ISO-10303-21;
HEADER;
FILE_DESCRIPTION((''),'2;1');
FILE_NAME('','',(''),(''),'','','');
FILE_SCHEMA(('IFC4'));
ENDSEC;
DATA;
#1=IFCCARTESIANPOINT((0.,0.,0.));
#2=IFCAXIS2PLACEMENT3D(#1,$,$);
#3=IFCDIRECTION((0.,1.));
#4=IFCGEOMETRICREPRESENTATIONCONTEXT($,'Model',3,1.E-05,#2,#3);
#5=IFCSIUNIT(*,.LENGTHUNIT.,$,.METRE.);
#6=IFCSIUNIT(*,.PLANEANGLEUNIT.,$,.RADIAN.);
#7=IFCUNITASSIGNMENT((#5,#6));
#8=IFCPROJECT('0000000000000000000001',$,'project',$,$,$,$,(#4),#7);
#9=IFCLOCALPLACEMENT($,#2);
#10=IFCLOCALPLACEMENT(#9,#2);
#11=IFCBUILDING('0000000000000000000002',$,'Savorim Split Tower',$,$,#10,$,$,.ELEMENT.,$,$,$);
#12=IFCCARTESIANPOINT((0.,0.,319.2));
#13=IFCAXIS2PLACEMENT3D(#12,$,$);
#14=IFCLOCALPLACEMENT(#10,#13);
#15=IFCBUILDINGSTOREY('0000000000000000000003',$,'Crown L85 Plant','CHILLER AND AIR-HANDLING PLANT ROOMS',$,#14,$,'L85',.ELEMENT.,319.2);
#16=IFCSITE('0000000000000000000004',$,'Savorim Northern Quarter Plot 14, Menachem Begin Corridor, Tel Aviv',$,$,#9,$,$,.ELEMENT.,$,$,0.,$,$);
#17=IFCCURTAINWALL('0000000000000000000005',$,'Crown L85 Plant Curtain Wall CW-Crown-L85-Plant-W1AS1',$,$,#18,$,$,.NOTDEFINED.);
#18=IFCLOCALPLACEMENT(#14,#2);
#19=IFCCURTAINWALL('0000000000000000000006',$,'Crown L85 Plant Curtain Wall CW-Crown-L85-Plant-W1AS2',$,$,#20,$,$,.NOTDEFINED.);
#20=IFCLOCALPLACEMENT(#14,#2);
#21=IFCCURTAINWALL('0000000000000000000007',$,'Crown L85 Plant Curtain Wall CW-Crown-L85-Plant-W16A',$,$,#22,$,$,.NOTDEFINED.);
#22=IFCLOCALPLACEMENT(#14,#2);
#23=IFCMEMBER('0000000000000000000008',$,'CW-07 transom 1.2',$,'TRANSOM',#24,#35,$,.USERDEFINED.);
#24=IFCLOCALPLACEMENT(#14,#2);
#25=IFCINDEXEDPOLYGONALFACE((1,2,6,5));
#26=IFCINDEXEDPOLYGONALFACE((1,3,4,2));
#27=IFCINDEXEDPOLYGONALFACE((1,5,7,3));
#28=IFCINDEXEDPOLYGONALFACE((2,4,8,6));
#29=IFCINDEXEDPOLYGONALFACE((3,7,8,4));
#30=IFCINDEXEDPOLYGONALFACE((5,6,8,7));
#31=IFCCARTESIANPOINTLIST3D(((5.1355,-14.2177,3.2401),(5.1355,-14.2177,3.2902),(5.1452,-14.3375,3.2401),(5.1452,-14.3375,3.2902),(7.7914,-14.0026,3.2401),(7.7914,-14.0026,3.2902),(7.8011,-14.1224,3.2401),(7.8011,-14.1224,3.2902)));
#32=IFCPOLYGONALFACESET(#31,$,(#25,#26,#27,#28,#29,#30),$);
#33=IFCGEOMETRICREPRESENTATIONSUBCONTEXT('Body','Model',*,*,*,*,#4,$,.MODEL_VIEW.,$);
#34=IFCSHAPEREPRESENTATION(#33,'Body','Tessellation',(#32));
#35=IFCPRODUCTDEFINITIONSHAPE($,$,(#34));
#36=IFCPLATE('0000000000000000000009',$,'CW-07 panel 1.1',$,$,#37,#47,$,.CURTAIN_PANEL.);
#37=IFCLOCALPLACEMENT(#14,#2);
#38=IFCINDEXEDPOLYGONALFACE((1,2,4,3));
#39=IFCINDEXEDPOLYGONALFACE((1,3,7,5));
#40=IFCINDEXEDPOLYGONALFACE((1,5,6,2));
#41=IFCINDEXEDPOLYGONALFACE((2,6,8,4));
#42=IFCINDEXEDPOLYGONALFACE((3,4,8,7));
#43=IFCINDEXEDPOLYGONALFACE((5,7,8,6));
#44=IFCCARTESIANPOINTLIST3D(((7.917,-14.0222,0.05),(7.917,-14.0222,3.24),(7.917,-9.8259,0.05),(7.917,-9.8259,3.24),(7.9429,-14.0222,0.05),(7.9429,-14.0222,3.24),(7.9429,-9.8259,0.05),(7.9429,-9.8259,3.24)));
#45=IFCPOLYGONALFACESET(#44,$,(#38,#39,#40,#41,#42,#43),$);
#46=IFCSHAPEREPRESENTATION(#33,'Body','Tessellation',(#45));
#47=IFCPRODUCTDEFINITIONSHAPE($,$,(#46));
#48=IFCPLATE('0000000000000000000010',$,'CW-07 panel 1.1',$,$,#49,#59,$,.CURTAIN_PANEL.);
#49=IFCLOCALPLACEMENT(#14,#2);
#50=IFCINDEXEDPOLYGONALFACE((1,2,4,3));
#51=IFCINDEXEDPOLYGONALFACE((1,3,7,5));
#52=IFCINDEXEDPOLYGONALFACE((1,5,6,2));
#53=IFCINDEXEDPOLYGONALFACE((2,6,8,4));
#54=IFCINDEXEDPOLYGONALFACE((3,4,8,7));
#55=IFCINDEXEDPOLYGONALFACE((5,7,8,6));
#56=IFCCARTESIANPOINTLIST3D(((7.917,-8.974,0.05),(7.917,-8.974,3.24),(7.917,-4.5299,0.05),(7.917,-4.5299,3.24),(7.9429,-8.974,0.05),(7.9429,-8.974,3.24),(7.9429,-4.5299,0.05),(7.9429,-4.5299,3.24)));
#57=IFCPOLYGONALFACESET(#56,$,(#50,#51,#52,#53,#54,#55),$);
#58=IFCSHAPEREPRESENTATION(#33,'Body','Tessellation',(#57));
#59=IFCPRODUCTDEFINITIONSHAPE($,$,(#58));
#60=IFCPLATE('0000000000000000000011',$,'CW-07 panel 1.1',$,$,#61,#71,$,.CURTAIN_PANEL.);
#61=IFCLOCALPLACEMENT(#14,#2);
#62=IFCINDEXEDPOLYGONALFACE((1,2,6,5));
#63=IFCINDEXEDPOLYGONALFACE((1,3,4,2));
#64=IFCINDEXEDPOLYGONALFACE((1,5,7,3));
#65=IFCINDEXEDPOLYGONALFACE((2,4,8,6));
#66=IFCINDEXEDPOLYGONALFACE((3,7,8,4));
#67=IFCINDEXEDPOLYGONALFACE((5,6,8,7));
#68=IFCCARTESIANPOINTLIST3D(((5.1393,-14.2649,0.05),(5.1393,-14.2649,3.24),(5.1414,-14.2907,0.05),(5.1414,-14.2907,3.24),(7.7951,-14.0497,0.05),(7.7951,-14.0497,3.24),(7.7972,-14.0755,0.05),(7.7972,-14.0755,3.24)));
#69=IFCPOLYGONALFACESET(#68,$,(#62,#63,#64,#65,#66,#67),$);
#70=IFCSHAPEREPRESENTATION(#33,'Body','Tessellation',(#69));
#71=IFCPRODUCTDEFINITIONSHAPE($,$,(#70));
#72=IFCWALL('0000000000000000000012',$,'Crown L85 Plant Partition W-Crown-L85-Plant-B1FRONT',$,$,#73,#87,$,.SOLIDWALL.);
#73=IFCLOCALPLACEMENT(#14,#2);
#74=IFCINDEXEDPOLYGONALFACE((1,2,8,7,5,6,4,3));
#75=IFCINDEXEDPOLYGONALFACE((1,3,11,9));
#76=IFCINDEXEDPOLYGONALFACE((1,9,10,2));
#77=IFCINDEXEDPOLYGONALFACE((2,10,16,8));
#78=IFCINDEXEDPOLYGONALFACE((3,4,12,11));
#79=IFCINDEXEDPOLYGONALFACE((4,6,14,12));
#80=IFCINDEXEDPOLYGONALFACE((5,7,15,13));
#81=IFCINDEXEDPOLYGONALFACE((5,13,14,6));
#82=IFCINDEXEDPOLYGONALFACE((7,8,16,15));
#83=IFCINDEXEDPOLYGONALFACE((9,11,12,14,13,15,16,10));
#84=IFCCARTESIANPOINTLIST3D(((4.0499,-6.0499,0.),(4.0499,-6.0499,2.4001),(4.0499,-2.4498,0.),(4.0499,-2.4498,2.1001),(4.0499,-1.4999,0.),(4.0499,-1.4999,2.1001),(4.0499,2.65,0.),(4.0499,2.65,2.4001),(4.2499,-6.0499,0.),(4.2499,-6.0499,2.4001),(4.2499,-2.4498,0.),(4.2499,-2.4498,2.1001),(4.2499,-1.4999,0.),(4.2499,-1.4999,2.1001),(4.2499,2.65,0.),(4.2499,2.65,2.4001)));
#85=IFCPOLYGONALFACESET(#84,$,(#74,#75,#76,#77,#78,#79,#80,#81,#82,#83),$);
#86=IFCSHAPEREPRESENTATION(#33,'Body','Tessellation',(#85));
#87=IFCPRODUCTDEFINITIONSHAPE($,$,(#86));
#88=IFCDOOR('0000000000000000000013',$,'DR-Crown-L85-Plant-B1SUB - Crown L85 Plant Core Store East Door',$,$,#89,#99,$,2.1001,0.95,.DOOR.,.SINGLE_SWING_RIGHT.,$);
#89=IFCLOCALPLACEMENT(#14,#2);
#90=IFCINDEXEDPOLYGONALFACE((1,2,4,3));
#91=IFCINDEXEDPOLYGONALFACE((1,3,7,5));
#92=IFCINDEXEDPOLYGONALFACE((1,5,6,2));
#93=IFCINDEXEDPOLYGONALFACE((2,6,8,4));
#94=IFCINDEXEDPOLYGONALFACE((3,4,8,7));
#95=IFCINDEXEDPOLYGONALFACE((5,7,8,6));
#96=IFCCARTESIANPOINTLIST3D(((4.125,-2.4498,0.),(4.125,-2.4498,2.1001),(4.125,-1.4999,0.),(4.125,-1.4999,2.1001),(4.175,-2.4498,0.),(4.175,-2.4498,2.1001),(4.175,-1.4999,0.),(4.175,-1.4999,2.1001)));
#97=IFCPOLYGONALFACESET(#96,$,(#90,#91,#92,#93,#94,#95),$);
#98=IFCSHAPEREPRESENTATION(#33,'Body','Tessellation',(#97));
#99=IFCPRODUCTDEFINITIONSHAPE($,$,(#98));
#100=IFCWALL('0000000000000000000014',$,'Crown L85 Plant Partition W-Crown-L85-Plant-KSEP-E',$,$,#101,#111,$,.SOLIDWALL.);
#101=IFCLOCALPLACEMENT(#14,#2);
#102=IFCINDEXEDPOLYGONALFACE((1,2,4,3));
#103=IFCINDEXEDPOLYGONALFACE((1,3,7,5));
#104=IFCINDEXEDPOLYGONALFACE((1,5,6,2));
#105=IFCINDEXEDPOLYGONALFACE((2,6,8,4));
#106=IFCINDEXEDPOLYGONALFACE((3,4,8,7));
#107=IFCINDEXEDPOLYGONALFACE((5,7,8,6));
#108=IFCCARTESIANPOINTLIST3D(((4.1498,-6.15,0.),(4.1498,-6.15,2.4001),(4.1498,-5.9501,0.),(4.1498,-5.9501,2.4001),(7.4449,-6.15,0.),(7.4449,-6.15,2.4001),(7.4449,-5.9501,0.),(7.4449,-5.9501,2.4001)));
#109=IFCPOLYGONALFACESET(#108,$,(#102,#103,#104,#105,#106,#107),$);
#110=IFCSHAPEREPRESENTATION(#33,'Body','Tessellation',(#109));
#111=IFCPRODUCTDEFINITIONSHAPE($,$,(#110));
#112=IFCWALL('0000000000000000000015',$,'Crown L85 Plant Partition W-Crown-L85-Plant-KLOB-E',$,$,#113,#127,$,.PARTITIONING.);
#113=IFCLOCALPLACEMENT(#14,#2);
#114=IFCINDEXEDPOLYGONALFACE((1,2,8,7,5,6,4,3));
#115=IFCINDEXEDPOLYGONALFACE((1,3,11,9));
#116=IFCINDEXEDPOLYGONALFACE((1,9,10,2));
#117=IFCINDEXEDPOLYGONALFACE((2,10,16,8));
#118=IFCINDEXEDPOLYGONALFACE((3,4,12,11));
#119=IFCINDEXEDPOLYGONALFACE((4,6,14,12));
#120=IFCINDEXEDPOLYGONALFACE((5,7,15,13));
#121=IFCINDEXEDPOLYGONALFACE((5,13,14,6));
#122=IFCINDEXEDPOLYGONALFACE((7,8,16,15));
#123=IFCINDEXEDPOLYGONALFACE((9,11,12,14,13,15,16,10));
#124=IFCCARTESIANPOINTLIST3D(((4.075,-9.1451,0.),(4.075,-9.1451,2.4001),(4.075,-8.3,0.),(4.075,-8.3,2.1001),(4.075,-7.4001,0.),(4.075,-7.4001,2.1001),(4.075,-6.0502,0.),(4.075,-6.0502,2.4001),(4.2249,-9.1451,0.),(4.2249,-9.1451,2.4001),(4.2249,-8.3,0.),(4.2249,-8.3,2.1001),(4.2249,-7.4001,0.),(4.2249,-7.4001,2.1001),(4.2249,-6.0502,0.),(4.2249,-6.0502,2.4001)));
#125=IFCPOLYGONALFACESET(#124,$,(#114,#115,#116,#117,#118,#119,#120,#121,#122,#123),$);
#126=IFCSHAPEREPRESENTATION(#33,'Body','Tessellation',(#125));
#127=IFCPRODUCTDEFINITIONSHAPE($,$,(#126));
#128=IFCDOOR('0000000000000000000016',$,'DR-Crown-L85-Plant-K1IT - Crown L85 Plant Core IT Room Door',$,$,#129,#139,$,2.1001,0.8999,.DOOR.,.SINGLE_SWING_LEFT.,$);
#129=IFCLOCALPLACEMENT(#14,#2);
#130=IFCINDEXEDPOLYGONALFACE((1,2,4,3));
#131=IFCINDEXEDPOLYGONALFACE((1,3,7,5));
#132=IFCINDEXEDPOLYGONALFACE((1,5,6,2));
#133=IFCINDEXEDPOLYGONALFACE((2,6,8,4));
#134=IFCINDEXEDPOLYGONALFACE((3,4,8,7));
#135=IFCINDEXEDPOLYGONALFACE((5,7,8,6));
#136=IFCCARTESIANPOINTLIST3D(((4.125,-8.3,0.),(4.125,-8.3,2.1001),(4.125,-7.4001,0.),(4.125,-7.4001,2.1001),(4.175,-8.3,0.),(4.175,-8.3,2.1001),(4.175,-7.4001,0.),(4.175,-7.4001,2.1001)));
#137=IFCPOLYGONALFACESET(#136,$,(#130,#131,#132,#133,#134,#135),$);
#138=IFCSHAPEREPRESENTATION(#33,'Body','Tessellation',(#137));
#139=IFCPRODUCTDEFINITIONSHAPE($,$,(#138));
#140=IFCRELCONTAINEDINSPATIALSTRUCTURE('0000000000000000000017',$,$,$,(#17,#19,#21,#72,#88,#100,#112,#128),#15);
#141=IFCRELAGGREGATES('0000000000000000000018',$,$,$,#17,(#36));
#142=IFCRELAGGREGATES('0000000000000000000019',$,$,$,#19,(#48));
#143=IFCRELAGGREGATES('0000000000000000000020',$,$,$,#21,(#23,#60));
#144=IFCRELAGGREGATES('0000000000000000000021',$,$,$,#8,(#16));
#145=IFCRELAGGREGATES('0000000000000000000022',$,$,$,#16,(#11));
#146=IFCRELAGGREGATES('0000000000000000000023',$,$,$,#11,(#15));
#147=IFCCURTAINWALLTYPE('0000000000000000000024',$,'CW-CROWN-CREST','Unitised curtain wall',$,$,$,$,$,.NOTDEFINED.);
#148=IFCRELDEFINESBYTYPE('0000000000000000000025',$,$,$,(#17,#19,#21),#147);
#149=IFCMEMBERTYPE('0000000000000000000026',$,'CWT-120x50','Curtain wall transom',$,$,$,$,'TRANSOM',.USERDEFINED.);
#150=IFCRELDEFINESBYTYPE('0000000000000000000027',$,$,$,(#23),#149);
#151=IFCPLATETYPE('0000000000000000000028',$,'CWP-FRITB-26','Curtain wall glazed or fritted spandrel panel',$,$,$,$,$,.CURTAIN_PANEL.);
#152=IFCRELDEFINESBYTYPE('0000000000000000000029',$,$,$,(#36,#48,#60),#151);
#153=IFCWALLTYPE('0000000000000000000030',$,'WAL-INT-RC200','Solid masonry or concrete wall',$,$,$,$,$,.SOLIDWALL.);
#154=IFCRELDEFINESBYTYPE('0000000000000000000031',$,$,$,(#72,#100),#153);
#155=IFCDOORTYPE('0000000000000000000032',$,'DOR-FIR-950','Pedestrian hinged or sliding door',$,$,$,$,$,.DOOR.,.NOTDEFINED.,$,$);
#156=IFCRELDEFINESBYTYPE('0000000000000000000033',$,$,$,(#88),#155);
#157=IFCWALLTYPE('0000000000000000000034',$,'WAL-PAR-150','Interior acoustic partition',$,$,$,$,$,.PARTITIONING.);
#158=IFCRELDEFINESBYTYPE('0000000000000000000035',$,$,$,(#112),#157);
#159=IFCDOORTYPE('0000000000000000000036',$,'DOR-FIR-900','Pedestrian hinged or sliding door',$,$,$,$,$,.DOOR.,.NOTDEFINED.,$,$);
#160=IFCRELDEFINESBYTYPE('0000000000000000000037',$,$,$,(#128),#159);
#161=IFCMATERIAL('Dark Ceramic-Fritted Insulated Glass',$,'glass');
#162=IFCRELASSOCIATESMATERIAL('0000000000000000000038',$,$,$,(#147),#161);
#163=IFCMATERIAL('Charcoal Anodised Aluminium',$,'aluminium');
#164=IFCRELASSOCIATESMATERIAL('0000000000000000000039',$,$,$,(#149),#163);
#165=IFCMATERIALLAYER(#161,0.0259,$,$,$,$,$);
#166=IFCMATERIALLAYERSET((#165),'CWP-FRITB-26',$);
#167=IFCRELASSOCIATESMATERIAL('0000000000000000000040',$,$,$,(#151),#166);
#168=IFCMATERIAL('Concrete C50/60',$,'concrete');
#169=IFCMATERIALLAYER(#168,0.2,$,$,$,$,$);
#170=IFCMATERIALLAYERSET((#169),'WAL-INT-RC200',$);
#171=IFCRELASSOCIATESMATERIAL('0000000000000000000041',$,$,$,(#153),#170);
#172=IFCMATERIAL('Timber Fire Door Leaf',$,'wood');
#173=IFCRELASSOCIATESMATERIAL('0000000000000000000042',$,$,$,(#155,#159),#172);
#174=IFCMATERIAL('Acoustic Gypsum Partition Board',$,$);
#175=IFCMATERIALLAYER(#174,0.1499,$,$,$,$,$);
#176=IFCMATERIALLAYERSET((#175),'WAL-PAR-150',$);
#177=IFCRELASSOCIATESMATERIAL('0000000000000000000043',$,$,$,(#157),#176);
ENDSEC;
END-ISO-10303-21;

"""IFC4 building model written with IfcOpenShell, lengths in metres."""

from ifc_helpers import new_model, si_unit, direction, frame, frame_2d, origin, origin_2d, place, context, subcontext, project, spatial, rectangle, extrude, material, layer, layer_set, material_profile, profile_set, type_object, element, fill, aggregate, save


model = new_model("IFC4")

# Units and contexts
model_context = context("Model", 3, precision=1e-05, world=origin(), true_north=direction((0.0, 1.0)))
body_context = subcontext(model_context, "Body", "Model", "MODEL_VIEW")
ifc_project = project(units=[si_unit("LENGTHUNIT", "METRE"), si_unit("PLANEANGLEUNIT", "RADIAN")], contexts=[model_context])

# Site, building, storey
site_placement = place(None, origin())
site = spatial("IfcSite", under=ifc_project, at=site_placement, Name="Savorim Northern Quarter Plot 14, Menachem Begin Corridor, Tel Aviv", CompositionType="ELEMENT", RefElevation=0.0)
building_placement = place(site_placement, origin())
building = spatial("IfcBuilding", under=site, at=building_placement, Name="Savorim Split Tower", CompositionType="ELEMENT")
storey_placement = place(building_placement, frame((0.0, 0.0, 319.2)))
storey = spatial("IfcBuildingStorey", under=building, at=storey_placement, Name="Crown L85 Plant", Description="CHILLER AND AIR-HANDLING PLANT ROOMS", LongName="L85", CompositionType="ELEMENT", Elevation=319.2)

# Curtain wall
ifc_material_1 = material(Name="Dark Ceramic-Fritted Insulated Glass", Category="glass")
curtain_wall_type = type_object("IfcCurtainWallType", Name="CW-CROWN-CREST", Description="Unitised curtain wall", PredefinedType="NOTDEFINED", material=ifc_material_1)
curtain_wall_1_placement = place(storey_placement, origin())
curtain_wall_1 = element("IfcCurtainWall", 1, at=curtain_wall_1_placement, inside=storey, type_object=curtain_wall_type, Name="Crown L85 Plant Curtain Wall CW-Crown-L85-Plant-W1AS1", PredefinedType="NOTDEFINED")
ifc_material_2 = material(Name="Charcoal Anodised Aluminium", Category="aluminium")

# Curtain wall
curtain_wall_2_placement = place(storey_placement, origin())
curtain_wall_2 = element("IfcCurtainWall", 2, at=curtain_wall_2_placement, inside=storey, type_object=curtain_wall_type, Name="Crown L85 Plant Curtain Wall CW-Crown-L85-Plant-W1AS2", PredefinedType="NOTDEFINED")

# Curtain wall
curtain_wall_3_placement = place(storey_placement, origin())
curtain_wall_3 = element("IfcCurtainWall", 3, at=curtain_wall_3_placement, inside=storey, type_object=curtain_wall_type, Name="Crown L85 Plant Curtain Wall CW-Crown-L85-Plant-W16A", PredefinedType="NOTDEFINED")

# Member
ifc_material_profile_1 = material_profile(ifc_material_2, rectangle(XDim=0.1201, YDim=0.05, at=origin_2d()), Name="ALU-T 120x50")
ifc_profile_set_1 = profile_set([ifc_material_profile_1], Name="Charcoal Anodised Aluminium")
member_type_1 = type_object("IfcMemberType", Name="CWT-120x50", Description="Curtain wall transom", ElementType="TRANSOM", PredefinedType="USERDEFINED", material=ifc_profile_set_1)
member_1_placement = place(storey_placement, frame((5.1404, -14.2776, 3.2651), z_axis=(0.996736, 0.080725, 0.0), x_axis=(-0.080725, 0.996736, 0.0)))
member_1 = element("IfcMember", 4, at=member_1_placement, type_object=member_type_1, Name="CW-07 transom 1.2", ObjectType="TRANSOM", PredefinedType="USERDEFINED", context=body_context, shape_type="SweptSolid", body=[
    extrude(rectangle(XDim=0.1201, YDim=0.05, at=origin_2d()), origin(), (0.0, 0.0, 1.0), 2.6646),
])

# Plates
ifc_layer_1 = layer(ifc_material_1, 0.0259)
ifc_layer_set_1 = layer_set([ifc_layer_1], Name="CWP-FRITB-26")
plate_type = type_object("IfcPlateType", Name="CWP-FRITB-26", Description="Curtain wall glazed or fritted spandrel panel", PredefinedType="CURTAIN_PANEL", material=ifc_layer_set_1)
plate_1_placement = place(storey_placement, frame((7.9299, -11.9241, 0.05), z_axis=(0.0, 0.0, 1.0), x_axis=(0.0, 1.0, 0.0)))
plate_1 = element("IfcPlate", 5, at=plate_1_placement, type_object=plate_type, Name="CW-07 panel 1.1", PredefinedType="CURTAIN_PANEL", context=body_context, shape_type="SweptSolid", body=[
    extrude(rectangle(XDim=4.1963, YDim=0.0259, at=origin_2d()), origin(), (0.0, 0.0, 1.0), 3.1899),
])
aggregate(curtain_wall_1, [plate_1])
plate_2_placement = place(storey_placement, frame((7.9299, -6.752, 0.05), z_axis=(0.0, 0.0, 1.0), x_axis=(0.0, 1.0, 0.0)))
plate_2 = element("IfcPlate", 6, at=plate_2_placement, type_object=plate_type, Name="CW-07 panel 1.1", PredefinedType="CURTAIN_PANEL", context=body_context, shape_type="SweptSolid", body=[
    extrude(rectangle(XDim=4.4441, YDim=0.0259, at=origin_2d()), origin(), (0.0, 0.0, 1.0), 3.1899),
])
aggregate(curtain_wall_2, [plate_2])
plate_3_placement = place(storey_placement, frame((6.4683, -14.1702, 0.05), z_axis=(0.0, 0.0, 1.0), x_axis=(0.996733, 0.080769, 0.0)))
plate_3 = element("IfcPlate", 7, at=plate_3_placement, type_object=plate_type, Name="CW-07 panel 1.1", PredefinedType="CURTAIN_PANEL", context=body_context, shape_type="SweptSolid", body=[
    extrude(rectangle(XDim=2.6646, YDim=0.0259, at=origin_2d()), origin(), (0.0, 0.0, 1.0), 3.1899),
])
aggregate(curtain_wall_3, [member_1, plate_3])

# Wall, opening, door
ifc_material_3 = material(Name="Concrete C50/60", Category="concrete")
ifc_layer_2 = layer(ifc_material_3, 0.2)
ifc_layer_set_2 = layer_set([ifc_layer_2], Name="WAL-INT-RC200")
wall_type_1 = type_object("IfcWallType", Name="WAL-INT-RC200", Description="Solid masonry or concrete wall", PredefinedType="SOLIDWALL", material=ifc_layer_set_2)
wall_1_placement = place(storey_placement, frame((4.1499, -6.05, 0.0), z_axis=(0.0, 0.0, 1.0), x_axis=(0.0, 1.0, 0.0)))
wall_1 = element("IfcWall", 8, at=wall_1_placement, inside=storey, type_object=wall_type_1, Name="Crown L85 Plant Partition W-Crown-L85-Plant-B1FRONT", PredefinedType="SOLIDWALL", context=body_context, shape_type="SweptSolid", body=[
    extrude(rectangle(XDim=8.7, YDim=0.2, at=frame_2d((4.3501, 0.0))), origin(), (0.0, 0.0, 1.0), 2.4001),
])
opening_1_placement = place(wall_1_placement, frame((3.6001, 0.0, 0.0)))
opening_1 = element("IfcOpeningElement", 9, at=opening_1_placement, cuts=wall_1, PredefinedType="OPENING", context=body_context, shape_type="SweptSolid", body=[
    extrude(rectangle(XDim=0.95, YDim=2.1001, at=frame_2d((0.4751, 1.05))), frame((0.0, 0.1099, 0.0), z_axis=(0.0, -1.0, 0.0), x_axis=(1.0, 0.0, 0.0)), (0.0, 0.0, 1.0), 0.22),
])
ifc_material_4 = material(Name="Timber Fire Door Leaf", Category="wood")
door_type_1 = type_object("IfcDoorType", Name="DOR-FIR-950", Description="Pedestrian hinged or sliding door", OperationType="NOTDEFINED", PredefinedType="DOOR", material=ifc_material_4)
door_1_placement = place(opening_1_placement, origin())
door_1 = element("IfcDoor", 10, at=door_1_placement, inside=storey, type_object=door_type_1, Name="DR-Crown-L85-Plant-B1SUB - Crown L85 Plant Core Store East Door", OperationType="SINGLE_SWING_RIGHT", OverallHeight=2.1001, OverallWidth=0.95, PredefinedType="DOOR", context=body_context, shape_type="SweptSolid", body=[
    extrude(rectangle(XDim=0.95, YDim=2.1001, at=frame_2d((0.4751, 1.05))), frame((0.0, 0.0249, 0.0), z_axis=(0.0, -1.0, 0.0), x_axis=(1.0, 0.0, 0.0)), (0.0, 0.0, 1.0), 0.05),
])
fill(opening_1, door_1)

# Wall
wall_2_placement = place(storey_placement, frame((4.1499, -6.05, 0.0), z_axis=(0.0, 0.0, 1.0), x_axis=(1.0, 0.0, 0.0)))
element("IfcWall", 11, at=wall_2_placement, inside=storey, type_object=wall_type_1, Name="Crown L85 Plant Partition W-Crown-L85-Plant-KSEP-E", PredefinedType="SOLIDWALL", context=body_context, shape_type="SweptSolid", body=[
    extrude(rectangle(XDim=3.2952, YDim=0.2, at=frame_2d((1.6475, 0.0))), origin(), (0.0, 0.0, 1.0), 2.4001),
])

# Wall, opening, door
ifc_material_5 = material(Name="Acoustic Gypsum Partition Board")
ifc_layer_3 = layer(ifc_material_5, 0.1499)
ifc_layer_set_3 = layer_set([ifc_layer_3], Name="WAL-PAR-150")
wall_type_2 = type_object("IfcWallType", Name="WAL-PAR-150", Description="Interior acoustic partition", PredefinedType="PARTITIONING", material=ifc_layer_set_3)
wall_3_placement = place(storey_placement, frame((4.1499, -9.145, 0.0), z_axis=(0.0, 0.0, 1.0), x_axis=(0.0, 1.0, 0.0)))
wall_3 = element("IfcWall", 12, at=wall_3_placement, inside=storey, type_object=wall_type_2, Name="Crown L85 Plant Partition W-Crown-L85-Plant-KLOB-E", PredefinedType="PARTITIONING", context=body_context, shape_type="SweptSolid", body=[
    extrude(rectangle(XDim=3.095, YDim=0.1499, at=frame_2d((1.5474, 0.0))), origin(), (0.0, 0.0, 1.0), 2.4001),
])
opening_2_placement = place(wall_3_placement, frame((0.845, 0.0, 0.0)))
opening_2 = element("IfcOpeningElement", 13, at=opening_2_placement, cuts=wall_3, PredefinedType="OPENING", context=body_context, shape_type="SweptSolid", body=[
    extrude(rectangle(XDim=0.8999, YDim=2.1001, at=frame_2d((0.45, 1.05))), frame((0.0, 0.085, 0.0), z_axis=(0.0, -1.0, 0.0), x_axis=(1.0, 0.0, 0.0)), (0.0, 0.0, 1.0), 0.1699),
])
door_type_2 = type_object("IfcDoorType", Name="DOR-FIR-900", Description="Pedestrian hinged or sliding door", OperationType="NOTDEFINED", PredefinedType="DOOR", material=ifc_material_4)
door_2_placement = place(opening_2_placement, origin())
door_2 = element("IfcDoor", 14, at=door_2_placement, inside=storey, type_object=door_type_2, Name="DR-Crown-L85-Plant-K1IT - Crown L85 Plant Core IT Room Door", OperationType="SINGLE_SWING_LEFT", OverallHeight=2.1001, OverallWidth=0.8999, PredefinedType="DOOR", context=body_context, shape_type="SweptSolid", body=[
    extrude(rectangle(XDim=0.8999, YDim=2.1001, at=frame_2d((0.45, 1.05))), frame((0.0, 0.0249, 0.0), z_axis=(0.0, -1.0, 0.0), x_axis=(1.0, 0.0, 0.0)), (0.0, 0.0, 1.0), 0.05),
])
fill(opening_2, door_2)

save(model, "model.ifc")
